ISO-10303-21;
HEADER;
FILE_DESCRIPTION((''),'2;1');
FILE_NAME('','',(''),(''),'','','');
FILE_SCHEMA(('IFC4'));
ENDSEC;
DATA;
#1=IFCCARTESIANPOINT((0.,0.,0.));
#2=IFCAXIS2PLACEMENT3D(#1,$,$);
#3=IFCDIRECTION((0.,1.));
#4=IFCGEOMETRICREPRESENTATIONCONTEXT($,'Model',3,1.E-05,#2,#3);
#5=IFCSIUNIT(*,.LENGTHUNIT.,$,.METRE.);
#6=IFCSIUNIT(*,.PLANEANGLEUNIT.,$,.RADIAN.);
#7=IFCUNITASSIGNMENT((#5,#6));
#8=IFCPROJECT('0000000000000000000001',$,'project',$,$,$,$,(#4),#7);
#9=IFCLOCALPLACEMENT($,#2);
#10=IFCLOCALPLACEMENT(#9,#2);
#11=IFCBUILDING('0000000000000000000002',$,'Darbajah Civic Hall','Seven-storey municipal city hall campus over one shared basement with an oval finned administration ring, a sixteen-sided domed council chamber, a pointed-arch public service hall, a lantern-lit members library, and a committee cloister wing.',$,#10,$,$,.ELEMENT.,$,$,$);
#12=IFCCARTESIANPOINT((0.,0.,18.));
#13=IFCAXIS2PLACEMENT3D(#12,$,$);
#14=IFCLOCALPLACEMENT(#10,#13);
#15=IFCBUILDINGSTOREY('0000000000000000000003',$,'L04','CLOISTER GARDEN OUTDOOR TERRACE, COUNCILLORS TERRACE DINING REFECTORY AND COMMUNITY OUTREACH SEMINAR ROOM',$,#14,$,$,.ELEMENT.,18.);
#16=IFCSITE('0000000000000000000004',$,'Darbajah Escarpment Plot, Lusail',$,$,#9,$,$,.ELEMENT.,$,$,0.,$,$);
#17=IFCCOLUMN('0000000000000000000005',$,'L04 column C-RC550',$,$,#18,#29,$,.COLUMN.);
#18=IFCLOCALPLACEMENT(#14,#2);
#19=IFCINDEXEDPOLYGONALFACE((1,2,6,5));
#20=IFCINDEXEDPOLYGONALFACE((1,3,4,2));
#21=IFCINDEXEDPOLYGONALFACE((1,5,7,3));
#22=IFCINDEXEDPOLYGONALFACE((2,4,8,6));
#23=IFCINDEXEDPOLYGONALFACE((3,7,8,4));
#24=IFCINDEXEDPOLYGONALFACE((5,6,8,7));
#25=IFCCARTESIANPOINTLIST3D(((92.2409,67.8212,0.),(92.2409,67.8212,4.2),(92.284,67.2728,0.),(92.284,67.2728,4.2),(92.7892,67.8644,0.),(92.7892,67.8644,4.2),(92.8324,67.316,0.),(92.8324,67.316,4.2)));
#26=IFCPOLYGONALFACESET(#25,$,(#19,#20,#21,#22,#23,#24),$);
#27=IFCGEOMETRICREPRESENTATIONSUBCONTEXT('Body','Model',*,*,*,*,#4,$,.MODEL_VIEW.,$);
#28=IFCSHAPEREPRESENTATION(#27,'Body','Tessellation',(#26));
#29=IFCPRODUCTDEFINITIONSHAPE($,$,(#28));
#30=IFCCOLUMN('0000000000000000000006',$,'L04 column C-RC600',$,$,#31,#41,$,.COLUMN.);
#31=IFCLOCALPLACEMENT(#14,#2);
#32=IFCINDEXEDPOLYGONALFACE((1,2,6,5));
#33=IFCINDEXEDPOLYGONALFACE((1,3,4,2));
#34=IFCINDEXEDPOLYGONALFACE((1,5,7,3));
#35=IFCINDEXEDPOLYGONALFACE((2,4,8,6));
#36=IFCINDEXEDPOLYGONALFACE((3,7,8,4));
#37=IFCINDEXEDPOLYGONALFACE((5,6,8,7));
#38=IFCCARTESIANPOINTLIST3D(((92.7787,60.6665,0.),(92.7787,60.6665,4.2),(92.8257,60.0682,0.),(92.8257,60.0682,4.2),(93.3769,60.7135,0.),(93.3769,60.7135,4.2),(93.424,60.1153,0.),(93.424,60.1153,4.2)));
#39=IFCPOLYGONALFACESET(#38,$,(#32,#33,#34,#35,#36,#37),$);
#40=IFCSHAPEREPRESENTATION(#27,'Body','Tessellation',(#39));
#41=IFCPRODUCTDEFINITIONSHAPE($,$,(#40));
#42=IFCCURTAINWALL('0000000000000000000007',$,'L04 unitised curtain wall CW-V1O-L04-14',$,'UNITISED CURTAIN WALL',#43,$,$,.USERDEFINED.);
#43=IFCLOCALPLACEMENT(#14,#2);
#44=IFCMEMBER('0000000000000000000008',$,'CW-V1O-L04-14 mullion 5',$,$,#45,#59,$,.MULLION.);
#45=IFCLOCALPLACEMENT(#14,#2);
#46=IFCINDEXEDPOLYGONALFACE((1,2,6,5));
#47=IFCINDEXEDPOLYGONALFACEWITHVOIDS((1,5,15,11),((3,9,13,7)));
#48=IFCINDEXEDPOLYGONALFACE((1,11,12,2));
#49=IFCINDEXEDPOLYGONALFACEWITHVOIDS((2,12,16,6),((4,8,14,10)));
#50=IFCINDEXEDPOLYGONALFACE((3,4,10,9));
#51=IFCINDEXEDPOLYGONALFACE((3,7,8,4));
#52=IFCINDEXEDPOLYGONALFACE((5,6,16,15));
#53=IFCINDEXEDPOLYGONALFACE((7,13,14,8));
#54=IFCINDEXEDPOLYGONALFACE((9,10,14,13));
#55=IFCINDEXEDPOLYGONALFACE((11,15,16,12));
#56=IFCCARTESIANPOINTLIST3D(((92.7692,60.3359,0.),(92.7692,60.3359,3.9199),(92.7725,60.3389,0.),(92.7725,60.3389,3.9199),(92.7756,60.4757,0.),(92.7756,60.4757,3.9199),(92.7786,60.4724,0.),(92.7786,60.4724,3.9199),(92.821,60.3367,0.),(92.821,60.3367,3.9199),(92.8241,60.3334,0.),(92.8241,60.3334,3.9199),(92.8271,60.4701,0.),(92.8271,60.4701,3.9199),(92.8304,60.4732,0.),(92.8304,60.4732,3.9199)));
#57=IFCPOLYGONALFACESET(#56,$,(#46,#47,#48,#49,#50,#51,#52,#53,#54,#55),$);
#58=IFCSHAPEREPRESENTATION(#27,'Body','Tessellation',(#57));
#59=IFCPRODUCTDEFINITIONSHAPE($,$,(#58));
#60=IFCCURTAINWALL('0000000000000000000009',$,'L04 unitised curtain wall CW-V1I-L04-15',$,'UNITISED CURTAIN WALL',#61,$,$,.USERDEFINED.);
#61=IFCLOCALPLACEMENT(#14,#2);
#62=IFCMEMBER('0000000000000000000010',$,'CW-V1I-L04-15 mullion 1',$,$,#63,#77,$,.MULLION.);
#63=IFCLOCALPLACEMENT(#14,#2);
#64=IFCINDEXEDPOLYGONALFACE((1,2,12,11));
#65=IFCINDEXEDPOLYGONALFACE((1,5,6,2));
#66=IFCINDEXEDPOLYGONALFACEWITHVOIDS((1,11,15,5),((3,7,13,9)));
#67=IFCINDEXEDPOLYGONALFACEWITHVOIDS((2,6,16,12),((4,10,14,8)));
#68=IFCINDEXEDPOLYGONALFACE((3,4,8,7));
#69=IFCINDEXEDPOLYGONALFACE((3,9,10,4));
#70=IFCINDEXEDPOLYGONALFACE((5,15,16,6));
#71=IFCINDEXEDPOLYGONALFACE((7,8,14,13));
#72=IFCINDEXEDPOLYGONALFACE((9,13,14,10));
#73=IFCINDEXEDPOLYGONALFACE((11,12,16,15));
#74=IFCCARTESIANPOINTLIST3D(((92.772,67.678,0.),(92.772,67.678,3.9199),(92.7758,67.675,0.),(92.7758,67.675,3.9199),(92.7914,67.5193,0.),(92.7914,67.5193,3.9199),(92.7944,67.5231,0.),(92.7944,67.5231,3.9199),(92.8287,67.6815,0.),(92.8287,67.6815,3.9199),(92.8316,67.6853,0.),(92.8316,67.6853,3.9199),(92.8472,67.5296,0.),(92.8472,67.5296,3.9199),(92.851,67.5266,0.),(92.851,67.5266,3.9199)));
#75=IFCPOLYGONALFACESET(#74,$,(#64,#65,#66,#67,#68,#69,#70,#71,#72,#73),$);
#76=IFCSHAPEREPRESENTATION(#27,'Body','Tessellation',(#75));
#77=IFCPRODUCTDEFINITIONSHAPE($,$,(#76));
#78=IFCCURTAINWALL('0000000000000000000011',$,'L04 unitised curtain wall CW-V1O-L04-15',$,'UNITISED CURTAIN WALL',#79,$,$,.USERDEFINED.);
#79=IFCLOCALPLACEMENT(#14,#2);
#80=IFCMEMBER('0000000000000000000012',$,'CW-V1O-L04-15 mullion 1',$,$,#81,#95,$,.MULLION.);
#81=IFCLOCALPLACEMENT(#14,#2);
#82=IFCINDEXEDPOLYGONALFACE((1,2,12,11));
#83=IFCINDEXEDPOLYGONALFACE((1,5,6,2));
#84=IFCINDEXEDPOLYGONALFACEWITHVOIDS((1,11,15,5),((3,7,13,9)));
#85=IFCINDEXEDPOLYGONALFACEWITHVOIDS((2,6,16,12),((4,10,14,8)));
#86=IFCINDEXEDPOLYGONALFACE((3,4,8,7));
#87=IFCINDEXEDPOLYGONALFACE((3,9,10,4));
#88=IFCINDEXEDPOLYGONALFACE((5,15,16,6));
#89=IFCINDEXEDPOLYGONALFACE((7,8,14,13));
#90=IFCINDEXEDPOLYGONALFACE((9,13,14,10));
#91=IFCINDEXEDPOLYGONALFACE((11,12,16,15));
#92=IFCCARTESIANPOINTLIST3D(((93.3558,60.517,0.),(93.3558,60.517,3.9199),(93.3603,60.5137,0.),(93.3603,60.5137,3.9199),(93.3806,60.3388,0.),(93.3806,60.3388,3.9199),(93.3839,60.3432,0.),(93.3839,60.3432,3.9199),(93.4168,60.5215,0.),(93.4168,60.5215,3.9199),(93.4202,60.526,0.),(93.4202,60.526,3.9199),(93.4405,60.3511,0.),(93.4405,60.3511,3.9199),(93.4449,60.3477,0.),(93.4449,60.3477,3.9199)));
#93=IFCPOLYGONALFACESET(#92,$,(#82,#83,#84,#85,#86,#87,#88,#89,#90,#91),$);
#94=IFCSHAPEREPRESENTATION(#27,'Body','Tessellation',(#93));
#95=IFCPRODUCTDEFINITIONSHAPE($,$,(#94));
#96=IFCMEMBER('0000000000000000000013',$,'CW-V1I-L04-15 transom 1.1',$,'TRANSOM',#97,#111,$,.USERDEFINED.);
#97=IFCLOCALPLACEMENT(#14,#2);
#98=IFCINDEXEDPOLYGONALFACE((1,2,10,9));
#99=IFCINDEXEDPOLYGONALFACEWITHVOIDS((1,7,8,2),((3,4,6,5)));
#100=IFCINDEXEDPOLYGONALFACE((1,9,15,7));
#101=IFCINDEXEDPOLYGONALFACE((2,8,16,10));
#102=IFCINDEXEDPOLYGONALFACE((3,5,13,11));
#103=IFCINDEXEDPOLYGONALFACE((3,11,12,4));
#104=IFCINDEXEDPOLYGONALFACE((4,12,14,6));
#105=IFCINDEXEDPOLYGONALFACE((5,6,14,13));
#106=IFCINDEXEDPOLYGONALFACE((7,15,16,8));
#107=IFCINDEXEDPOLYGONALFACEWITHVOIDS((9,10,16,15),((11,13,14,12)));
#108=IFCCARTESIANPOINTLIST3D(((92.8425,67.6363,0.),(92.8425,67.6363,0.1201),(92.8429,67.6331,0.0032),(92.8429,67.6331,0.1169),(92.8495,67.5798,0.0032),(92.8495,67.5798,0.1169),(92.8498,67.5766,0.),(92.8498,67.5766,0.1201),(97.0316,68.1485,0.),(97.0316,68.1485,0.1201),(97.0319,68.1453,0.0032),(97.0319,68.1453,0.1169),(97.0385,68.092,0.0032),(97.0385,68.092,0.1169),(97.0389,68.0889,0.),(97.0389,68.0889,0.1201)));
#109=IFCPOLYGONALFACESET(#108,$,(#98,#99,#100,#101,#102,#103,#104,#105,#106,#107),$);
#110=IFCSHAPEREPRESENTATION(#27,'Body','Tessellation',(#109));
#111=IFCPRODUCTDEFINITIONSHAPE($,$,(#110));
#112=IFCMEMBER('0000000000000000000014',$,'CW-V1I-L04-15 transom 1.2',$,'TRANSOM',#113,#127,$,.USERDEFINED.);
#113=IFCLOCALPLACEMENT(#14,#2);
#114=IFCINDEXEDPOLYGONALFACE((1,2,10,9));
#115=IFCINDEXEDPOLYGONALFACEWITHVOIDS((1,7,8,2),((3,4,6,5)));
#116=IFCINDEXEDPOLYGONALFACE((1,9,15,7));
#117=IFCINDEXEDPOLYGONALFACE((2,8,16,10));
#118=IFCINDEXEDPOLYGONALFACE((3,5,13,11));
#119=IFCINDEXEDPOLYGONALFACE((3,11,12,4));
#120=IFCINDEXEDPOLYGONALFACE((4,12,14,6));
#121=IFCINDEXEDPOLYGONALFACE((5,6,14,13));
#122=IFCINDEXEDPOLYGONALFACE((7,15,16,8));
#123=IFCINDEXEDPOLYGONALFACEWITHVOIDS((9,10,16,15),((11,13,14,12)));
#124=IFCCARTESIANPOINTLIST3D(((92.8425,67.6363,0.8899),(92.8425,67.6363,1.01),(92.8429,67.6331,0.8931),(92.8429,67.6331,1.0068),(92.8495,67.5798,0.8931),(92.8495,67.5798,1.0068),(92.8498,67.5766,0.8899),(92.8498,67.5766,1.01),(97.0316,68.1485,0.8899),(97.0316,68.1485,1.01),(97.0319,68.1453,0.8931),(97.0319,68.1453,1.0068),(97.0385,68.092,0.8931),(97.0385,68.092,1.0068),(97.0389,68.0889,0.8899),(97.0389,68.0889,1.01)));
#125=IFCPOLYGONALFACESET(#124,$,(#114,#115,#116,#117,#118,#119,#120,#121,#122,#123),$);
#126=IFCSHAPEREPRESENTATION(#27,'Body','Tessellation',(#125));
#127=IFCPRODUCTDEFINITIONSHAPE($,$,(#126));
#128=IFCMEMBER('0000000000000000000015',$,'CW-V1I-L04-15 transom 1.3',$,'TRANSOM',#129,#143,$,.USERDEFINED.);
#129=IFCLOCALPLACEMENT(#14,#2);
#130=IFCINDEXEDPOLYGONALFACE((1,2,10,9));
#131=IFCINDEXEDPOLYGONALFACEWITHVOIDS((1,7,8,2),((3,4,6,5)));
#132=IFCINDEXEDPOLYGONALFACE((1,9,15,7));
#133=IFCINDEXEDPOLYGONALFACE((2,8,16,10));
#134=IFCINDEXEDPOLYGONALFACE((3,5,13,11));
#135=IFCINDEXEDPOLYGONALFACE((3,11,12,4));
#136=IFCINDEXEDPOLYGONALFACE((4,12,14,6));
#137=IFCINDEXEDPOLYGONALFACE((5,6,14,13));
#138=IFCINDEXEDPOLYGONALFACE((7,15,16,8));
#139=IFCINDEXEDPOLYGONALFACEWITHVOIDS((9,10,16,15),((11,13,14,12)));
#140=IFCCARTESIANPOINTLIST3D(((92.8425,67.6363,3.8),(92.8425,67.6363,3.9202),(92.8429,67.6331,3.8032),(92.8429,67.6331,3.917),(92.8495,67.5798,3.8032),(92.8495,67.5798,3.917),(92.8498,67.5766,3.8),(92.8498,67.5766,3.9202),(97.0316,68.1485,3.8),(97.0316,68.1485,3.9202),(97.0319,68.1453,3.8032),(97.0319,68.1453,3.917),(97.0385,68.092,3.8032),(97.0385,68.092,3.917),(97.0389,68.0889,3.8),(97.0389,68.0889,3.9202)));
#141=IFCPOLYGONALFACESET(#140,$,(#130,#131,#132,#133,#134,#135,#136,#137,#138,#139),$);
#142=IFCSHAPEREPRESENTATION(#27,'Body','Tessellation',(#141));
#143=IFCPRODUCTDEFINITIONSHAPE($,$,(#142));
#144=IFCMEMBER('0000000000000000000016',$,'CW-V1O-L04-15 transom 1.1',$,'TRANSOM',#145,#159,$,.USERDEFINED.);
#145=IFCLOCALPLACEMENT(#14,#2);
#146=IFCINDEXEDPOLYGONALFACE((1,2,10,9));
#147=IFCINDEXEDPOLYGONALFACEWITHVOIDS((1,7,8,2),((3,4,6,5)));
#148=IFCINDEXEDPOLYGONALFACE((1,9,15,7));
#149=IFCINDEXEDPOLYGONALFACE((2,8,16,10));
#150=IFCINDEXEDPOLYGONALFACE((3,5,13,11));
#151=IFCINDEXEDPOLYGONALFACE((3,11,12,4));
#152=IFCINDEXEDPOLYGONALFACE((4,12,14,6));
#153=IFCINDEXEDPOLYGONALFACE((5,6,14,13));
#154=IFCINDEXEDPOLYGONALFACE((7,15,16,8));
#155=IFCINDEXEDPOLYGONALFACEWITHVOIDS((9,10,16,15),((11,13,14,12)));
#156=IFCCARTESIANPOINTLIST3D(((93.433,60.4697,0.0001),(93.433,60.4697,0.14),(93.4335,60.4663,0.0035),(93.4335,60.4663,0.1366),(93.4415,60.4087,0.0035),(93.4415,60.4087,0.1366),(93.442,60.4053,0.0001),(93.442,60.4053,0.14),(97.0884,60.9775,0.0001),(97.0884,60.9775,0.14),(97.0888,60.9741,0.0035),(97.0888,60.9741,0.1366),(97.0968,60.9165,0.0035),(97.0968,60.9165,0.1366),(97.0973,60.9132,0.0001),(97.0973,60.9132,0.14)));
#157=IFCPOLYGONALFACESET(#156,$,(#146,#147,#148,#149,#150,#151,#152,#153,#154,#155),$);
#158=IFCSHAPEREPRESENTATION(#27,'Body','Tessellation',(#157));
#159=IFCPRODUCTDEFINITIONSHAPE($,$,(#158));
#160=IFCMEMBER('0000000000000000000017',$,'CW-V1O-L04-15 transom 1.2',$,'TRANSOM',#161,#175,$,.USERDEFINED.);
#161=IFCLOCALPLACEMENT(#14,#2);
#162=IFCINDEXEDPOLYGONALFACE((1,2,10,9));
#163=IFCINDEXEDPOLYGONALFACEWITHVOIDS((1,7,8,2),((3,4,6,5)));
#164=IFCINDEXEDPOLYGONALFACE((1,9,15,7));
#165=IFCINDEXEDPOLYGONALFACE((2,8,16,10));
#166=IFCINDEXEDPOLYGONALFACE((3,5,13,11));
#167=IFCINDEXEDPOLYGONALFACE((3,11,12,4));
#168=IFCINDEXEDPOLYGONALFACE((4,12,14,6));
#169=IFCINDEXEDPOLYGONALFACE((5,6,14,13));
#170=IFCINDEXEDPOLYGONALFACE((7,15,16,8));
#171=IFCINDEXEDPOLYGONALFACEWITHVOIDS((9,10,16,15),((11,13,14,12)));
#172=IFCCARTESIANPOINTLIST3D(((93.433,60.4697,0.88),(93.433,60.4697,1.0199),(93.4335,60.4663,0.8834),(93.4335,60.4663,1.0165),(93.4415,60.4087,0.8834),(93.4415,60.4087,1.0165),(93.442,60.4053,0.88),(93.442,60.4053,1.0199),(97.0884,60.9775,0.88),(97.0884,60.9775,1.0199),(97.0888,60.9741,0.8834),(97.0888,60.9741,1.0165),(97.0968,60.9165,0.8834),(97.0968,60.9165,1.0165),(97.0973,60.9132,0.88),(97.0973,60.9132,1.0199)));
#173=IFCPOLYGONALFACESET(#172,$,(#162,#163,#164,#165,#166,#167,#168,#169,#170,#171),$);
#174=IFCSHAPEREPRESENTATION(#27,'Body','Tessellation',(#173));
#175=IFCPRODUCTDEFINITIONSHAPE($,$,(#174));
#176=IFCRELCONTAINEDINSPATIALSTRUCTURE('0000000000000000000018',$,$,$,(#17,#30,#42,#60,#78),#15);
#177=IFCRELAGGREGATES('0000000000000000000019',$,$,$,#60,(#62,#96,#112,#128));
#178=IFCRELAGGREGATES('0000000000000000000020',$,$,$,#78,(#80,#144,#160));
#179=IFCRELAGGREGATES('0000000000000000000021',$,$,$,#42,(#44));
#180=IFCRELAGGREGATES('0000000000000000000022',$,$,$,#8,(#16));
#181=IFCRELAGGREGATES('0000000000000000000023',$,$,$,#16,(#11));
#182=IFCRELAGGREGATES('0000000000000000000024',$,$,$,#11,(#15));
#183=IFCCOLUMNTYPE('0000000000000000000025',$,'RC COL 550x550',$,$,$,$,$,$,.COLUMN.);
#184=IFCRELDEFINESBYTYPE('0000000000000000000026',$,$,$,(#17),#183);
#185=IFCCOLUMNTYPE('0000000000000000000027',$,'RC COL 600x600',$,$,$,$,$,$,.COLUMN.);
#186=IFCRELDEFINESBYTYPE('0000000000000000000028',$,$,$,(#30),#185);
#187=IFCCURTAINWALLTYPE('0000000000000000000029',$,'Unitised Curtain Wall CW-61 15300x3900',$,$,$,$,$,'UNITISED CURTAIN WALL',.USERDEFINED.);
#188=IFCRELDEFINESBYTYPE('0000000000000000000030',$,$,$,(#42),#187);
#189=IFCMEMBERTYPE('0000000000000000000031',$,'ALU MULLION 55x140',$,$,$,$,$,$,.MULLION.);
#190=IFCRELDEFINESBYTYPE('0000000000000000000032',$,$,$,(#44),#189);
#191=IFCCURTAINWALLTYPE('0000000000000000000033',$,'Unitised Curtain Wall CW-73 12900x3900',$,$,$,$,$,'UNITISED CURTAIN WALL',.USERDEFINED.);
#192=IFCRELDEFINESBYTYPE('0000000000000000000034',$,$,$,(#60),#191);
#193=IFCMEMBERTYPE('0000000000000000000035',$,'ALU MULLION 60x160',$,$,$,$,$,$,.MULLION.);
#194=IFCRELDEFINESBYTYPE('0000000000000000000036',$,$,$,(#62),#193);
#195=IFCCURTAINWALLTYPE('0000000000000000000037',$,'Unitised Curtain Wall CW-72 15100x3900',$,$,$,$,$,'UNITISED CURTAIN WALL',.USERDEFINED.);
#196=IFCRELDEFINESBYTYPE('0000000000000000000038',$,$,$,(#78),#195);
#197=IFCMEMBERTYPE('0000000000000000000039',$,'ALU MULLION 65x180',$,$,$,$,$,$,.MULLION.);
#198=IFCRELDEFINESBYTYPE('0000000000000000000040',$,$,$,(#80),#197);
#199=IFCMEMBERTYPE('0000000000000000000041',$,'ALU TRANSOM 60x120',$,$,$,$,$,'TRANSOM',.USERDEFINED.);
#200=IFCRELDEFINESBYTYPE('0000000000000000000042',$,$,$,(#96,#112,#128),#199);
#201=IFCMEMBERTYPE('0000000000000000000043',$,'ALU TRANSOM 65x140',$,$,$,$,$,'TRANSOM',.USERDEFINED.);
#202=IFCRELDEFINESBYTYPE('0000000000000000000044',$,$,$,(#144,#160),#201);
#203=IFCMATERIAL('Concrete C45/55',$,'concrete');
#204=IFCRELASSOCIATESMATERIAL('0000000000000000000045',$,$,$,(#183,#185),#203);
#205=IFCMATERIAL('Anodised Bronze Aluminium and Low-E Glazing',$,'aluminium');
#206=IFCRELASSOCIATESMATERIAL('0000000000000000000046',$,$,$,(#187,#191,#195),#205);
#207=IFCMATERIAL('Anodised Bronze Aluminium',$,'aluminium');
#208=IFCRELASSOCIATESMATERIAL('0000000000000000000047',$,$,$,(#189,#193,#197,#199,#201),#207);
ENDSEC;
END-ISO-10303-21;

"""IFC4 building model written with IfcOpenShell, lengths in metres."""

from ifc_helpers import new_model, si_unit, direction, frame, origin, origin_2d, place, context, subcontext, project, spatial, rectangle, hollow_rectangle, extrude, material, material_profile, profile_set, type_object, element, aggregate, save


model = new_model("IFC4")

# Units and contexts
model_context = context("Model", 3, precision=1e-05, world=origin(), true_north=direction((0.0, 1.0)))
body_context = subcontext(model_context, "Body", "Model", "MODEL_VIEW")
ifc_project = project(units=[si_unit("LENGTHUNIT", "METRE"), si_unit("PLANEANGLEUNIT", "RADIAN")], contexts=[model_context])

# Site, building, storey
site_placement = place(None, origin())
site = spatial("IfcSite", under=ifc_project, at=site_placement, Name="Darbajah Escarpment Plot, Lusail", CompositionType="ELEMENT", RefElevation=0.0)
building_placement = place(site_placement, origin())
building = spatial("IfcBuilding", under=site, at=building_placement, Name="Darbajah Civic Hall", Description="Seven-storey municipal city hall campus over one shared basement with an oval finned administration ring, a sixteen-sided domed council chamber, a pointed-arch public service hall, a lantern-lit members library, and a committee cloister wing.", CompositionType="ELEMENT")
storey_placement = place(building_placement, frame((0.0, 0.0, 18.0)))
storey = spatial("IfcBuildingStorey", under=building, at=storey_placement, Name="L04", Description="CLOISTER GARDEN OUTDOOR TERRACE, COUNCILLORS TERRACE DINING REFECTORY AND COMMUNITY OUTREACH SEMINAR ROOM", CompositionType="ELEMENT", Elevation=18.0)

# Columns
ifc_material_1 = material(Name="Concrete C45/55", Category="concrete")
ifc_material_profile_1 = material_profile(ifc_material_1, rectangle(XDim=0.55, YDim=0.55, at=origin_2d()), Name="RC COL 550x550")
ifc_profile_set_1 = profile_set([ifc_material_profile_1], Name="Concrete C45/55")
column_type_1 = type_object("IfcColumnType", Name="RC COL 550x550", PredefinedType="COLUMN", material=ifc_profile_set_1)
column_1_placement = place(storey_placement, frame((92.5366, 67.5686, 0.0), z_axis=(0.0, 0.0, 1.0), x_axis=(0.078459, -0.996917, 0.0)))
element("IfcColumn", 1, at=column_1_placement, inside=storey, type_object=column_type_1, Name="L04 column C-RC550", PredefinedType="COLUMN", context=body_context, shape_type="SweptSolid", body=[
    extrude(rectangle(XDim=0.55, YDim=0.55, at=origin_2d()), origin(), (0.0, 0.0, 1.0), 4.2),
])
ifc_material_profile_2 = material_profile(ifc_material_1, rectangle(XDim=0.6001, YDim=0.6001, at=origin_2d()), Name="RC COL 600x600")
ifc_profile_set_2 = profile_set([ifc_material_profile_2], Name="Concrete C45/55")
column_type_2 = type_object("IfcColumnType", Name="RC COL 600x600", PredefinedType="COLUMN", material=ifc_profile_set_2)
column_2_placement = place(storey_placement, frame((93.1013, 60.3909, 0.0), z_axis=(0.0, 0.0, 1.0), x_axis=(0.078459, -0.996917, 0.0)))
element("IfcColumn", 2, at=column_2_placement, inside=storey, type_object=column_type_2, Name="L04 column C-RC600", PredefinedType="COLUMN", context=body_context, shape_type="SweptSolid", body=[
    extrude(rectangle(XDim=0.6001, YDim=0.6001, at=origin_2d()), origin(), (0.0, 0.0, 1.0), 4.2),
])

# Curtain walls, members
ifc_material_2 = material(Name="Anodised Bronze Aluminium and Low-E Glazing", Category="aluminium")
curtain_wall_type_1 = type_object("IfcCurtainWallType", Name="Unitised Curtain Wall CW-61 15300x3900", ElementType="UNITISED CURTAIN WALL", PredefinedType="USERDEFINED", material=ifc_material_2)
curtain_wall_1_placement = place(storey_placement, origin())
curtain_wall_1 = element("IfcCurtainWall", 3, at=curtain_wall_1_placement, inside=storey, type_object=curtain_wall_type_1, Name="L04 unitised curtain wall CW-V1O-L04-14", ObjectType="UNITISED CURTAIN WALL", PredefinedType="USERDEFINED")
ifc_material_3 = material(Name="Anodised Bronze Aluminium", Category="aluminium")
ifc_material_profile_3 = material_profile(ifc_material_3, hollow_rectangle(XDim=0.0549, YDim=0.1399, WallThickness=0.0032, at=origin_2d()), Name="ALU MULLION 55x140")
ifc_profile_set_3 = profile_set([ifc_material_profile_3], Name="Anodised Bronze Aluminium")
member_type_1 = type_object("IfcMemberType", Name="ALU MULLION 55x140", PredefinedType="MULLION", material=ifc_profile_set_3)
member_1_placement = place(storey_placement, frame((92.7998, 60.4045, 0.0), z_axis=(0.0, 0.0, 1.0), x_axis=(0.998963, -0.045537, 0.0)))
member_1 = element("IfcMember", 4, at=member_1_placement, type_object=member_type_1, Name="CW-V1O-L04-14 mullion 5", PredefinedType="MULLION", context=body_context, shape_type="SweptSolid", body=[
    extrude(hollow_rectangle(XDim=0.0549, YDim=0.1399, WallThickness=0.0032, at=origin_2d()), origin(), (0.0, 0.0, 1.0), 3.9199),
])
curtain_wall_type_2 = type_object("IfcCurtainWallType", Name="Unitised Curtain Wall CW-73 12900x3900", ElementType="UNITISED CURTAIN WALL", PredefinedType="USERDEFINED", material=ifc_material_2)
curtain_wall_2_placement = place(storey_placement, origin())
curtain_wall_2 = element("IfcCurtainWall", 5, at=curtain_wall_2_placement, inside=storey, type_object=curtain_wall_type_2, Name="L04 unitised curtain wall CW-V1I-L04-15", ObjectType="UNITISED CURTAIN WALL", PredefinedType="USERDEFINED")
ifc_material_profile_4 = material_profile(ifc_material_3, hollow_rectangle(XDim=0.0601, YDim=0.1599, WallThickness=0.0034, at=origin_2d()), Name="ALU MULLION 60x160")
ifc_profile_set_4 = profile_set([ifc_material_profile_4], Name="Anodised Bronze Aluminium")
member_type_2 = type_object("IfcMemberType", Name="ALU MULLION 60x160", PredefinedType="MULLION", material=ifc_profile_set_4)
member_2_placement = place(storey_placement, frame((92.8115, 67.6023, 0.0), z_axis=(0.0, 0.0, 1.0), x_axis=(0.99261, 0.12135, 0.0)))
member_2 = element("IfcMember", 6, at=member_2_placement, type_object=member_type_2, Name="CW-V1I-L04-15 mullion 1", PredefinedType="MULLION", context=body_context, shape_type="SweptSolid", body=[
    extrude(hollow_rectangle(XDim=0.0601, YDim=0.1599, WallThickness=0.0034, at=origin_2d()), origin(), (0.0, 0.0, 1.0), 3.9199),
])
curtain_wall_type_3 = type_object("IfcCurtainWallType", Name="Unitised Curtain Wall CW-72 15100x3900", ElementType="UNITISED CURTAIN WALL", PredefinedType="USERDEFINED", material=ifc_material_2)
curtain_wall_3_placement = place(storey_placement, origin())
curtain_wall_3 = element("IfcCurtainWall", 7, at=curtain_wall_3_placement, inside=storey, type_object=curtain_wall_type_3, Name="L04 unitised curtain wall CW-V1O-L04-15", ObjectType="UNITISED CURTAIN WALL", PredefinedType="USERDEFINED")
ifc_material_profile_5 = material_profile(ifc_material_3, hollow_rectangle(XDim=0.0649, YDim=0.1799, WallThickness=0.0039, at=origin_2d()), Name="ALU MULLION 65x180")
ifc_profile_set_5 = profile_set([ifc_material_profile_5], Name="Anodised Bronze Aluminium")
member_type_3 = type_object("IfcMemberType", Name="ALU MULLION 65x180", PredefinedType="MULLION", material=ifc_profile_set_5)
member_3_placement = place(storey_placement, frame((93.4004, 60.4324, 0.0), z_axis=(0.0, 0.0, 1.0), x_axis=(0.990485, 0.137617, 0.0)))
member_3 = element("IfcMember", 8, at=member_3_placement, type_object=member_type_3, Name="CW-V1O-L04-15 mullion 1", PredefinedType="MULLION", context=body_context, shape_type="SweptSolid", body=[
    extrude(hollow_rectangle(XDim=0.0649, YDim=0.1799, WallThickness=0.0039, at=origin_2d()), origin(), (0.0, 0.0, 1.0), 3.9199),
])

# Members
ifc_material_profile_6 = material_profile(ifc_material_3, hollow_rectangle(XDim=0.0601, YDim=0.1201, WallThickness=0.0032, at=origin_2d()), Name="ALU TRANSOM 60x120")
ifc_profile_set_6 = profile_set([ifc_material_profile_6], Name="Anodised Bronze Aluminium")
member_type_4 = type_object("IfcMemberType", Name="ALU TRANSOM 60x120", ElementType="TRANSOM", PredefinedType="USERDEFINED", material=ifc_profile_set_6)
member_4_placement = place(storey_placement, frame((92.8462, 67.6064, 0.0601), z_axis=(0.992607, 0.121371, 0.0), x_axis=(-0.121371, 0.992607, 0.0)))
member_4 = element("IfcMember", 9, at=member_4_placement, type_object=member_type_4, Name="CW-V1I-L04-15 transom 1.1", ObjectType="TRANSOM", PredefinedType="USERDEFINED", context=body_context, shape_type="SweptSolid", body=[
    extrude(hollow_rectangle(XDim=0.0601, YDim=0.1201, WallThickness=0.0032, at=origin_2d()), origin(), (0.0, 0.0, 1.0), 4.2202),
])
member_5_placement = place(storey_placement, frame((92.8462, 67.6064, 0.95), z_axis=(0.992607, 0.121371, 0.0), x_axis=(-0.121371, 0.992607, 0.0)))
member_5 = element("IfcMember", 10, at=member_5_placement, type_object=member_type_4, Name="CW-V1I-L04-15 transom 1.2", ObjectType="TRANSOM", PredefinedType="USERDEFINED", context=body_context, shape_type="SweptSolid", body=[
    extrude(hollow_rectangle(XDim=0.0601, YDim=0.1201, WallThickness=0.0032, at=origin_2d()), origin(), (0.0, 0.0, 1.0), 4.2202),
])
member_6_placement = place(storey_placement, frame((92.8462, 67.6064, 3.8601), z_axis=(0.992607, 0.121371, 0.0), x_axis=(-0.121371, 0.992607, 0.0)))
member_6 = element("IfcMember", 11, at=member_6_placement, type_object=member_type_4, Name="CW-V1I-L04-15 transom 1.3", ObjectType="TRANSOM", PredefinedType="USERDEFINED", context=body_context, shape_type="SweptSolid", body=[
    extrude(hollow_rectangle(XDim=0.0601, YDim=0.1201, WallThickness=0.0032, at=origin_2d()), origin(), (0.0, 0.0, 1.0), 4.2202),
])
aggregate(curtain_wall_2, [member_2, member_4, member_5, member_6])
ifc_material_profile_7 = material_profile(ifc_material_3, hollow_rectangle(XDim=0.0649, YDim=0.1399, WallThickness=0.0034, at=origin_2d()), Name="ALU TRANSOM 65x140")
ifc_profile_set_7 = profile_set([ifc_material_profile_7], Name="Anodised Bronze Aluminium")
member_type_5 = type_object("IfcMemberType", Name="ALU TRANSOM 65x140", ElementType="TRANSOM", PredefinedType="USERDEFINED", material=ifc_profile_set_7)
member_7_placement = place(storey_placement, frame((93.4375, 60.4375, 0.0701), z_axis=(0.990487, 0.137604, 0.0), x_axis=(-0.137604, 0.990487, 0.0)))
member_7 = element("IfcMember", 12, at=member_7_placement, type_object=member_type_5, Name="CW-V1O-L04-15 transom 1.1", ObjectType="TRANSOM", PredefinedType="USERDEFINED", context=body_context, shape_type="SweptSolid", body=[
    extrude(hollow_rectangle(XDim=0.0649, YDim=0.1399, WallThickness=0.0034, at=origin_2d()), origin(), (0.0, 0.0, 1.0), 3.6904),
])
member_8_placement = place(storey_placement, frame((93.4375, 60.4375, 0.95), z_axis=(0.990487, 0.137604, 0.0), x_axis=(-0.137604, 0.990487, 0.0)))
member_8 = element("IfcMember", 13, at=member_8_placement, type_object=member_type_5, Name="CW-V1O-L04-15 transom 1.2", ObjectType="TRANSOM", PredefinedType="USERDEFINED", context=body_context, shape_type="SweptSolid", body=[
    extrude(hollow_rectangle(XDim=0.0649, YDim=0.1399, WallThickness=0.0034, at=origin_2d()), origin(), (0.0, 0.0, 1.0), 3.6904),
])
aggregate(curtain_wall_3, [member_3, member_7, member_8])

aggregate(curtain_wall_1, [member_1])

save(model, "model.ifc")
